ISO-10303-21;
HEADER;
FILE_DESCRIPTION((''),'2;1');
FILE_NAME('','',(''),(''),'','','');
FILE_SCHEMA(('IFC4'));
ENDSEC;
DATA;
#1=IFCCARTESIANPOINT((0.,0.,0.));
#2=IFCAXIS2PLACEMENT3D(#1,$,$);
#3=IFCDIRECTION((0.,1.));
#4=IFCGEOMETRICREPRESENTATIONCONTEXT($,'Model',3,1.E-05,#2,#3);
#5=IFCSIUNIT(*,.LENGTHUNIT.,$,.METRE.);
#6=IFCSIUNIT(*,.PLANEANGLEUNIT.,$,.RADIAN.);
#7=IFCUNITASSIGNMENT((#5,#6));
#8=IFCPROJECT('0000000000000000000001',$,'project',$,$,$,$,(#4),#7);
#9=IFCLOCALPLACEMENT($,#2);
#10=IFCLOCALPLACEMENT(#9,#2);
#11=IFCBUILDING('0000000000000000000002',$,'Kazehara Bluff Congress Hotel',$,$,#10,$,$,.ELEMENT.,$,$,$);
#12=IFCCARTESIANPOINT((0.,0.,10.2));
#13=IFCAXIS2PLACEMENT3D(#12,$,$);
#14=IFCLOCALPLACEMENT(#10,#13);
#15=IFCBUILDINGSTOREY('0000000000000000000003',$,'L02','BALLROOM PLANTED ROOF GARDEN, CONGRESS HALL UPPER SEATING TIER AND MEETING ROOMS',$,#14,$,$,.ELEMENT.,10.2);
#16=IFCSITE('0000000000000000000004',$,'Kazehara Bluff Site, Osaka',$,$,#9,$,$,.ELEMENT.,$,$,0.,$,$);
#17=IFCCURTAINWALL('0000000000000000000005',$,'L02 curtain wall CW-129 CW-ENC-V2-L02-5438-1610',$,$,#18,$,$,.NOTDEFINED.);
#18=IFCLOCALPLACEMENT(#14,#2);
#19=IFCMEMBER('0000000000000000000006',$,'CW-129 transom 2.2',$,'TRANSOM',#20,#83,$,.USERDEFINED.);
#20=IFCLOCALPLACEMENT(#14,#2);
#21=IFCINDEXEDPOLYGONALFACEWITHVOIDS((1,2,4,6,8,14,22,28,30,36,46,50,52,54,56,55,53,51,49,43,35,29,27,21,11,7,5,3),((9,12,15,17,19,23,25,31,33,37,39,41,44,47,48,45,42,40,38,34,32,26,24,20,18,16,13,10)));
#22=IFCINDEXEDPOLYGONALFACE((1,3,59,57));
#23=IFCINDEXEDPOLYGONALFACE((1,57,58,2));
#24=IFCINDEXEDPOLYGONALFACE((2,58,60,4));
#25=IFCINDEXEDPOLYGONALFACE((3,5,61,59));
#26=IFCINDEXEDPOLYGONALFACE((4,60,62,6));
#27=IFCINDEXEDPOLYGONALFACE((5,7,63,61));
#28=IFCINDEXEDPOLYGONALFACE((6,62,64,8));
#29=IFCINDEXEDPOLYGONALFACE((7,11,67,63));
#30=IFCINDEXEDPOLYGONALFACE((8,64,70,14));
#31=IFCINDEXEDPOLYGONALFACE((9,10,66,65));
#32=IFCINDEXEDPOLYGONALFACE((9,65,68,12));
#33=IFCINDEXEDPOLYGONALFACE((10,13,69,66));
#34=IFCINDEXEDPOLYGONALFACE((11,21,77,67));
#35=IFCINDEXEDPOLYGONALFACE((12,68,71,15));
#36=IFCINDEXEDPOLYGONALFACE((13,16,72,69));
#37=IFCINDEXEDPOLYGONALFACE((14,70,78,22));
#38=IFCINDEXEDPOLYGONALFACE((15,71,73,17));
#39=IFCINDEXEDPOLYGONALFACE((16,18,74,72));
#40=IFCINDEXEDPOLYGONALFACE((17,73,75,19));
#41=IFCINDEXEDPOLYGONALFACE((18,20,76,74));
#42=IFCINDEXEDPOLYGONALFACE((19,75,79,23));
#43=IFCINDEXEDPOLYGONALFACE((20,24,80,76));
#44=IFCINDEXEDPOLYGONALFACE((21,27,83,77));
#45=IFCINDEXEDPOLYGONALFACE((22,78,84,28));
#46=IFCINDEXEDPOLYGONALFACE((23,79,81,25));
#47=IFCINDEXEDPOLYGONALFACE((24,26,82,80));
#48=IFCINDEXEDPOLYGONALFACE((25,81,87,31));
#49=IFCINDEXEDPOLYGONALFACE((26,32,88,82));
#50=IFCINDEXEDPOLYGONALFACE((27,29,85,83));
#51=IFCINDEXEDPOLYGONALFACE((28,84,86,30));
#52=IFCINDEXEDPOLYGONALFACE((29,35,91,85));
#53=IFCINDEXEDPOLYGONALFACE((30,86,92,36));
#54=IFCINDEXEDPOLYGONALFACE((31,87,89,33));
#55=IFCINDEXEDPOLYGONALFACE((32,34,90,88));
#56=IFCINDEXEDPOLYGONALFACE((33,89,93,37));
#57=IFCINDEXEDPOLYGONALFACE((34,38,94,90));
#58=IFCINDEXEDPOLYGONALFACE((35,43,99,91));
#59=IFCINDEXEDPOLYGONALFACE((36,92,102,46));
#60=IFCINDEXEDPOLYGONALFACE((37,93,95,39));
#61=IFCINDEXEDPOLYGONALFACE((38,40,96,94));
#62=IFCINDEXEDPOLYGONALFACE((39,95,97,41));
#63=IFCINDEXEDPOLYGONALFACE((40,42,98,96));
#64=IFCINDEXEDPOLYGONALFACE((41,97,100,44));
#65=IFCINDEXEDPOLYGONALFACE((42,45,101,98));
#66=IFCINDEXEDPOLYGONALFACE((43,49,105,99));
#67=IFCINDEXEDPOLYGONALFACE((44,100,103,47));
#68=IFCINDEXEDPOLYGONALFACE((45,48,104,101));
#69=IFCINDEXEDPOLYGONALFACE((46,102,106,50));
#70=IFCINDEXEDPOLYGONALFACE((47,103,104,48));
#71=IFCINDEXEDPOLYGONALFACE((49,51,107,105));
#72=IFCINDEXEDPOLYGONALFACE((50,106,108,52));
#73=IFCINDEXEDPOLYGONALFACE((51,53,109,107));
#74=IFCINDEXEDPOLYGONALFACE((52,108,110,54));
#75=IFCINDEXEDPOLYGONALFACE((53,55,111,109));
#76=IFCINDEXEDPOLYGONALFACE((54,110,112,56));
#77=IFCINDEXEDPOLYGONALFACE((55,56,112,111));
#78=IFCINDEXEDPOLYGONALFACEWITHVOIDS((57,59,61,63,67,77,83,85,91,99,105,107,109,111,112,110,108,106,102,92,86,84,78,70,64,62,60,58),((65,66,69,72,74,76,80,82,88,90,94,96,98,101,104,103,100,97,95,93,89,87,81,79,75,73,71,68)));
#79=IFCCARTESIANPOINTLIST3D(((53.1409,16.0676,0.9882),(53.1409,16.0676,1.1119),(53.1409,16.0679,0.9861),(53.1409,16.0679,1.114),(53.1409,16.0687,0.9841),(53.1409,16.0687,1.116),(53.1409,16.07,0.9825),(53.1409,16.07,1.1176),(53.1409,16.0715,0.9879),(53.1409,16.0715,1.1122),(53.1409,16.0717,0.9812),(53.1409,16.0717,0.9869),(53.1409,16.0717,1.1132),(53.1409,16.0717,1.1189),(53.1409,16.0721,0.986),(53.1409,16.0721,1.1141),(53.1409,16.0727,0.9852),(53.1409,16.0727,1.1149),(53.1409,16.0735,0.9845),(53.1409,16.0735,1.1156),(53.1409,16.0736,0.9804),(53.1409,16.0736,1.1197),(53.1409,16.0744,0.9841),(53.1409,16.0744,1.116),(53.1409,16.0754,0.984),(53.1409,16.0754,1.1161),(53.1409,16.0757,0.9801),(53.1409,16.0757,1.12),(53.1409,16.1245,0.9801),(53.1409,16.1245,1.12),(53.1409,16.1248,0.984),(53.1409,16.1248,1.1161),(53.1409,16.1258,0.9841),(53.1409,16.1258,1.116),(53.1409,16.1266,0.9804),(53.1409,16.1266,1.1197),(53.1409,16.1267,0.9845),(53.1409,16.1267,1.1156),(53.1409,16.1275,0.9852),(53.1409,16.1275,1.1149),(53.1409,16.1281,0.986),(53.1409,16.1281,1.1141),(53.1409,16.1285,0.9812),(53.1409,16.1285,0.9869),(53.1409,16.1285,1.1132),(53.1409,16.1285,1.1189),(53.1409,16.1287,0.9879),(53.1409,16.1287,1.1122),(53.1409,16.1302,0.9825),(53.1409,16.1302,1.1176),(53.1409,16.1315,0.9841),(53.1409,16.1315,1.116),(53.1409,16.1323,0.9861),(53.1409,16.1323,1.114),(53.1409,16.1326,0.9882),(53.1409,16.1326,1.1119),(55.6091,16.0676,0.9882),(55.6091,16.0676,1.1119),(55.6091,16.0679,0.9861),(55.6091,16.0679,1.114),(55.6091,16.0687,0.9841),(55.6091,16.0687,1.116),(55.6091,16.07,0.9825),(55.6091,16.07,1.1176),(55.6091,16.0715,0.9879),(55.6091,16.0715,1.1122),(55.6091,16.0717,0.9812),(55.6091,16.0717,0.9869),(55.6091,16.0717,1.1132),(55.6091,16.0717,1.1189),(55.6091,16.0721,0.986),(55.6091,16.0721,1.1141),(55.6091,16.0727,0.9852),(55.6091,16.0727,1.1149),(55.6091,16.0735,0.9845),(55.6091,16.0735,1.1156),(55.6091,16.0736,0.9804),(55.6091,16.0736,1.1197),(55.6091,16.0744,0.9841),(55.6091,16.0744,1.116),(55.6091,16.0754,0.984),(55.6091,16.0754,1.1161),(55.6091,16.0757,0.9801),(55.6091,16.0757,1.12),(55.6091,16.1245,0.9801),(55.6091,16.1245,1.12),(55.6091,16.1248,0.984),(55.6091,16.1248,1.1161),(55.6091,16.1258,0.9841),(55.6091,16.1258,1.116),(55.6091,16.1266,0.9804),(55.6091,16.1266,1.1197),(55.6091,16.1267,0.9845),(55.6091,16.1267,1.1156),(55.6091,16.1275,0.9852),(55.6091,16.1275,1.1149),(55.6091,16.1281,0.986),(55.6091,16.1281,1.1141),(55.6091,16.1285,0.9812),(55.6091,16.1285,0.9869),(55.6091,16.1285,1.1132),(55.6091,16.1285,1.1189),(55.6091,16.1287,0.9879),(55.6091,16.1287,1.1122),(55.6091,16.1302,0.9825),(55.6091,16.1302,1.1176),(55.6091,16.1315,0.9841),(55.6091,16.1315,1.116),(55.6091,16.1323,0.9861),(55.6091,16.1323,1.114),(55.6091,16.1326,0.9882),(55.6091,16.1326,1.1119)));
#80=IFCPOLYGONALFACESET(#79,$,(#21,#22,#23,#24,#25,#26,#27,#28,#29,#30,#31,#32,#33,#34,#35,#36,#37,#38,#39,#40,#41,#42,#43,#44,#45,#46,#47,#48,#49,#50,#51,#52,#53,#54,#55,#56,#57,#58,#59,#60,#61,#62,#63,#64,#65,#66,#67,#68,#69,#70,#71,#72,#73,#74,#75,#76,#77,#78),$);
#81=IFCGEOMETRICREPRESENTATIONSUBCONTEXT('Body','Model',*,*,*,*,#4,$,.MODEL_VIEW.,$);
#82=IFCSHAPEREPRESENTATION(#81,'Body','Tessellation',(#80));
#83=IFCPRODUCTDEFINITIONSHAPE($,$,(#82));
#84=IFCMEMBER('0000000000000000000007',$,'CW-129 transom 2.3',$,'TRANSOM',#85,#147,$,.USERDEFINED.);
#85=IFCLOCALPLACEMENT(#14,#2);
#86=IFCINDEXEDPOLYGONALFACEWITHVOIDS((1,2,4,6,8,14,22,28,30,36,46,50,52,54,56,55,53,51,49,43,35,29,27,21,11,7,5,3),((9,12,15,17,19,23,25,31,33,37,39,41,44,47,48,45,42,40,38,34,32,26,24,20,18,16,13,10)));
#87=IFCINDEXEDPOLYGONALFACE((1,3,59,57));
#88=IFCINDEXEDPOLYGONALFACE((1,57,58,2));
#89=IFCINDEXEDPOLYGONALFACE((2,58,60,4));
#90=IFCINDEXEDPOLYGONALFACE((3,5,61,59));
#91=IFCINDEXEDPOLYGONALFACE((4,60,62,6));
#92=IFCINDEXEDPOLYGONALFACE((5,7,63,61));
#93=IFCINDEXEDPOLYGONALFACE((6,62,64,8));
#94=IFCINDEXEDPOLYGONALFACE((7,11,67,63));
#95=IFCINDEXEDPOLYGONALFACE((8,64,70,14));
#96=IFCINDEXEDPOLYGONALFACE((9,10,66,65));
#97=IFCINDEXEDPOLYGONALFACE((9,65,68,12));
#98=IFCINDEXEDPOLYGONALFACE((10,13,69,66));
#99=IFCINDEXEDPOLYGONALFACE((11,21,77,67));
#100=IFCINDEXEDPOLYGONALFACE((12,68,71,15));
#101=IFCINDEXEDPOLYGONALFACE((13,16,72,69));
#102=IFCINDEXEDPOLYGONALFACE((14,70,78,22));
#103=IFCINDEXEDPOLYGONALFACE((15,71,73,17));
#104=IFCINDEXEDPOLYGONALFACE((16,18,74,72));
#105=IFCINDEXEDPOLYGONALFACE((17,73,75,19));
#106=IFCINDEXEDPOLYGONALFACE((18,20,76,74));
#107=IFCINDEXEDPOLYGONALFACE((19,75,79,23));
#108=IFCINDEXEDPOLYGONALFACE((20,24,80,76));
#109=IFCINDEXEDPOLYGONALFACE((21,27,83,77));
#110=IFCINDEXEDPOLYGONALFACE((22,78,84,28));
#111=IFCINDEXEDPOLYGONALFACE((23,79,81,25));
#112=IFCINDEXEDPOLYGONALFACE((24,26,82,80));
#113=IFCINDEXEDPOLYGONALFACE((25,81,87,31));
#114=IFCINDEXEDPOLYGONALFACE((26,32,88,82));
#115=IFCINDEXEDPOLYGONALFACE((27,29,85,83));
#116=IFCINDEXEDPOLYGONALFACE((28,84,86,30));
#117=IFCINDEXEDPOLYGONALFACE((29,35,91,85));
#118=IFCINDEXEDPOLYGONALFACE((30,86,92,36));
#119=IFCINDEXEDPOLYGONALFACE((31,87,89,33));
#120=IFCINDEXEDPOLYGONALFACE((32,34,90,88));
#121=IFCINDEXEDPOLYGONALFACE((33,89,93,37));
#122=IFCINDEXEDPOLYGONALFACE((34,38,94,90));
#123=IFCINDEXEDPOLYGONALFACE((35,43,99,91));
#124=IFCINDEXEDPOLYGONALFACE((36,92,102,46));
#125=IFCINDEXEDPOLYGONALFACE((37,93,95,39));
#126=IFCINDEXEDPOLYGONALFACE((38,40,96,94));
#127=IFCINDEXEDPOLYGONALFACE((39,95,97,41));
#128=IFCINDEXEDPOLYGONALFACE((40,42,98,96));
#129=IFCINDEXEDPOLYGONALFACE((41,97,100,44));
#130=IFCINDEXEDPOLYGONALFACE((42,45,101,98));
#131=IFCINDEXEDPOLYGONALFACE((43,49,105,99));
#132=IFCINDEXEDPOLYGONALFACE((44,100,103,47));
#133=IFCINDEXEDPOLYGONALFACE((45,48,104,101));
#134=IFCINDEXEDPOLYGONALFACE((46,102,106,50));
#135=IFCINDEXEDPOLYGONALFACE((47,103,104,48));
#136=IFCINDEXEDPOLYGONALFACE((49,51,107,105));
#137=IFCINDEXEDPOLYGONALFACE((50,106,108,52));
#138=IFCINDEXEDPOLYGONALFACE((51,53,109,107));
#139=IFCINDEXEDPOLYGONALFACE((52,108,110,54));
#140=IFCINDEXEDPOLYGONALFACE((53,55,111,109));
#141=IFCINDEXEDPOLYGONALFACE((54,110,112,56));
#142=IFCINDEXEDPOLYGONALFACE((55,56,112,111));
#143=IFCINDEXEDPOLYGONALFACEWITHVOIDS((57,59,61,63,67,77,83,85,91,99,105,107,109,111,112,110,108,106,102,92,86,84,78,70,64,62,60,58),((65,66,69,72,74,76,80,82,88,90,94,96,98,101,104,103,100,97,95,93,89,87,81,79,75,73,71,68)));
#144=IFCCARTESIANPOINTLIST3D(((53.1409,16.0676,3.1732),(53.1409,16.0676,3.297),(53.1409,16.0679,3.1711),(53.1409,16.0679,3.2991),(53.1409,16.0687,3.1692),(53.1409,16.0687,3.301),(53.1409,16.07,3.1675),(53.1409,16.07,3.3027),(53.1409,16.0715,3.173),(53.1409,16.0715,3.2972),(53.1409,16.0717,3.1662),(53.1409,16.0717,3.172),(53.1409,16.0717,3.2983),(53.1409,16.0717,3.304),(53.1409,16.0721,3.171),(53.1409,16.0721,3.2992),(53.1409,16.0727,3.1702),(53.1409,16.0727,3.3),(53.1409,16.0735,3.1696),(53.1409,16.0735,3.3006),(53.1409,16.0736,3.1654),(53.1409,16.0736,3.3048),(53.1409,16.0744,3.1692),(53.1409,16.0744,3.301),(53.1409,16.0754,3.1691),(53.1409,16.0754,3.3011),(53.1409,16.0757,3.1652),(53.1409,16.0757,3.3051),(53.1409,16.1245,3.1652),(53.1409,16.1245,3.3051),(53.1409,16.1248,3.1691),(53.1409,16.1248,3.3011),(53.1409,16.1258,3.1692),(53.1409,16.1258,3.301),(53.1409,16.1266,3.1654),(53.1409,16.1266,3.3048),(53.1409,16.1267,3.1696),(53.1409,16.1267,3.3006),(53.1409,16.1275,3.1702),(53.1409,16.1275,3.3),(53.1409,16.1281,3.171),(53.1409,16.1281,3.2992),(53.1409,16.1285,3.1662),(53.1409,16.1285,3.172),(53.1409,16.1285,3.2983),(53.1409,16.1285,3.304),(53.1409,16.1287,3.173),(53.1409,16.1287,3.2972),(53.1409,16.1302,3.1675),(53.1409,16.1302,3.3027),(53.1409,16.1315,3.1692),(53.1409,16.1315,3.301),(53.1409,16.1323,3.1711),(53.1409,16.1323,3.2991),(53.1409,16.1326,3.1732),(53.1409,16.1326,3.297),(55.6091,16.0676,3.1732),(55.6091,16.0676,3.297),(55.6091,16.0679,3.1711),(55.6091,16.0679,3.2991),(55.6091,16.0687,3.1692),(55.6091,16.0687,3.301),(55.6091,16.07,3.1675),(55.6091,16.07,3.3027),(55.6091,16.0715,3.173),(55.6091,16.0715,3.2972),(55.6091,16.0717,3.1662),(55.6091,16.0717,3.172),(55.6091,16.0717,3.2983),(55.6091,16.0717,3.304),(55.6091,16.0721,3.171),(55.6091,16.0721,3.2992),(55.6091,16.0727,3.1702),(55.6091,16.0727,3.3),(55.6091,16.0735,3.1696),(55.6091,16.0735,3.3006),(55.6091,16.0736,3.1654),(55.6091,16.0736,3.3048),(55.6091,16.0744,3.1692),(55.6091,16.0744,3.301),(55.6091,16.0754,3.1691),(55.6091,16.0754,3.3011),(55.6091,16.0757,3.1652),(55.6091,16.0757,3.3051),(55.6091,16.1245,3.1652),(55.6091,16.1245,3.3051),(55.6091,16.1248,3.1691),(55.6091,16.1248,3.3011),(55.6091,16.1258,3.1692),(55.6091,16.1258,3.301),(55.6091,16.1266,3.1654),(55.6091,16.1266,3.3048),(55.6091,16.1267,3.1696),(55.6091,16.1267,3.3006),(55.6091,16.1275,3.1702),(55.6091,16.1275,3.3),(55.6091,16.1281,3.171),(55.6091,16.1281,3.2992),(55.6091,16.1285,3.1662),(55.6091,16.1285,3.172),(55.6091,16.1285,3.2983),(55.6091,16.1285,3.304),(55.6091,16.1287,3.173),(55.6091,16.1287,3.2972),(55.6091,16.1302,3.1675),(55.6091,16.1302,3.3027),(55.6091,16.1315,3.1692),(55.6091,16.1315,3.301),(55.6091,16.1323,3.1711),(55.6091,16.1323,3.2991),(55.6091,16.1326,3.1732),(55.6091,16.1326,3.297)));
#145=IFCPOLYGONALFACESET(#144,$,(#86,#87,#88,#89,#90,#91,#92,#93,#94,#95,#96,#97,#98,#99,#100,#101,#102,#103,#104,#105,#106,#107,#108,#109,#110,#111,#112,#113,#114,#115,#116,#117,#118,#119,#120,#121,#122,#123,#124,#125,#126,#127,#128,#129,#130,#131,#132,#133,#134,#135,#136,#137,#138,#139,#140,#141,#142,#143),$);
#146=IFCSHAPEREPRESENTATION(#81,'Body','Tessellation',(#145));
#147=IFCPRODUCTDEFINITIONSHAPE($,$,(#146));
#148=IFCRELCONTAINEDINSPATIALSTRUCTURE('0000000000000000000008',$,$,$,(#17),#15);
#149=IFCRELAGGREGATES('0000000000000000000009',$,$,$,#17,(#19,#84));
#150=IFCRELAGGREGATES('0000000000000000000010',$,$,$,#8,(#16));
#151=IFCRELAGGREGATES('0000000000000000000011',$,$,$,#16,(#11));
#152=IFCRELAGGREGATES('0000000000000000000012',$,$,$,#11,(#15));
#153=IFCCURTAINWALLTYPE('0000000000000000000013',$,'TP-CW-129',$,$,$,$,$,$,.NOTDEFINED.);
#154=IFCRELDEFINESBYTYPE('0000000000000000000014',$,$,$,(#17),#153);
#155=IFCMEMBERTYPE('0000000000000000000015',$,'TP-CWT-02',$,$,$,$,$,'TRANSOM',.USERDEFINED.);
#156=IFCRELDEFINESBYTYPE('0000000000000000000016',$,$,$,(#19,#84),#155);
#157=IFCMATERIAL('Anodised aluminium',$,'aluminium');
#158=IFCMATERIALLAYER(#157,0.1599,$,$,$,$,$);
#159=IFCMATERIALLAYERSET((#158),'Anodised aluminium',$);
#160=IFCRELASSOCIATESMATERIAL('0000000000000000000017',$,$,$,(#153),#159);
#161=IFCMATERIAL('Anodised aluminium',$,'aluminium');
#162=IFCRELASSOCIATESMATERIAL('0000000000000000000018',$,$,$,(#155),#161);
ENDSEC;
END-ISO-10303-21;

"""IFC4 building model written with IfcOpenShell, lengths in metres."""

from ifc_helpers import new_model, si_unit, direction, frame, origin, origin_2d, place, context, subcontext, project, spatial, hollow_rectangle, extrude, material, layer, layer_set, material_profile, profile_set, type_object, element, aggregate, save


model = new_model("IFC4")

# Units and contexts
model_context = context("Model", 3, precision=1e-05, world=origin(), true_north=direction((0.0, 1.0)))
body_context = subcontext(model_context, "Body", "Model", "MODEL_VIEW")
ifc_project = project(units=[si_unit("LENGTHUNIT", "METRE"), si_unit("PLANEANGLEUNIT", "RADIAN")], contexts=[model_context])

# Site, building, storey
site_placement = place(None, origin())
site = spatial("IfcSite", under=ifc_project, at=site_placement, Name="Kazehara Bluff Site, Osaka", CompositionType="ELEMENT", RefElevation=0.0)
building_placement = place(site_placement, origin())
building = spatial("IfcBuilding", under=site, at=building_placement, Name="Kazehara Bluff Congress Hotel", CompositionType="ELEMENT")
storey_placement = place(building_placement, frame((0.0, 0.0, 10.2)))
storey = spatial("IfcBuildingStorey", under=building, at=storey_placement, Name="L02", Description="BALLROOM PLANTED ROOF GARDEN, CONGRESS HALL UPPER SEATING TIER AND MEETING ROOMS", CompositionType="ELEMENT", Elevation=10.2)

# Curtain wall
ifc_material_1 = material(Name="Anodised aluminium", Category="aluminium")
ifc_layer_1 = layer(ifc_material_1, 0.1599)
ifc_layer_set_1 = layer_set([ifc_layer_1], Name="Anodised aluminium")
curtain_wall_type_1 = type_object("IfcCurtainWallType", Name="TP-CW-129", PredefinedType="NOTDEFINED", material=ifc_layer_set_1)
curtain_wall_1_placement = place(storey_placement, origin())
curtain_wall_1 = element("IfcCurtainWall", 1, at=curtain_wall_1_placement, inside=storey, type_object=curtain_wall_type_1, Name="L02 curtain wall CW-129 CW-ENC-V2-L02-5438-1610", PredefinedType="NOTDEFINED")

# Members
ifc_material_2 = material(Name="Anodised aluminium", Category="aluminium")
ifc_material_profile_1 = material_profile(ifc_material_2, hollow_rectangle(XDim=0.0649, YDim=0.1399, WallThickness=0.0039, InnerFilletRadius=0.0039, OuterFilletRadius=0.0081, at=origin_2d()))
ifc_profile_set_1 = profile_set([ifc_material_profile_1], Name="Anodised aluminium")
member_type_1 = type_object("IfcMemberType", Name="TP-CWT-02", ElementType="TRANSOM", PredefinedType="USERDEFINED", material=ifc_profile_set_1)
member_1_placement = place(storey_placement, frame((55.6091, 16.1001, 1.05), z_axis=(-1.0, 0.0, 0.0), x_axis=(0.0, -1.0, 0.0)))
member_1 = element("IfcMember", 2, at=member_1_placement, type_object=member_type_1, Name="CW-129 transom 2.2", ObjectType="TRANSOM", PredefinedType="USERDEFINED", context=body_context, shape_type="SweptSolid", body=[
    extrude(hollow_rectangle(XDim=0.0649, YDim=0.1399, WallThickness=0.0039, InnerFilletRadius=0.0039, OuterFilletRadius=0.0081, at=origin_2d()), origin(), (0.0, 0.0, 1.0), 2.4683),
])
member_2_placement = place(storey_placement, frame((55.6091, 16.1001, 3.2351), z_axis=(-1.0, 0.0, 0.0), x_axis=(0.0, -1.0, 0.0)))
member_2 = element("IfcMember", 3, at=member_2_placement, type_object=member_type_1, Name="CW-129 transom 2.3", ObjectType="TRANSOM", PredefinedType="USERDEFINED", context=body_context, shape_type="SweptSolid", body=[
    extrude(hollow_rectangle(XDim=0.0649, YDim=0.1399, WallThickness=0.0039, InnerFilletRadius=0.0039, OuterFilletRadius=0.0081, at=origin_2d()), origin(), (0.0, 0.0, 1.0), 2.4683),
])

aggregate(curtain_wall_1, [member_1, member_2])

save(model, "model.ifc")
